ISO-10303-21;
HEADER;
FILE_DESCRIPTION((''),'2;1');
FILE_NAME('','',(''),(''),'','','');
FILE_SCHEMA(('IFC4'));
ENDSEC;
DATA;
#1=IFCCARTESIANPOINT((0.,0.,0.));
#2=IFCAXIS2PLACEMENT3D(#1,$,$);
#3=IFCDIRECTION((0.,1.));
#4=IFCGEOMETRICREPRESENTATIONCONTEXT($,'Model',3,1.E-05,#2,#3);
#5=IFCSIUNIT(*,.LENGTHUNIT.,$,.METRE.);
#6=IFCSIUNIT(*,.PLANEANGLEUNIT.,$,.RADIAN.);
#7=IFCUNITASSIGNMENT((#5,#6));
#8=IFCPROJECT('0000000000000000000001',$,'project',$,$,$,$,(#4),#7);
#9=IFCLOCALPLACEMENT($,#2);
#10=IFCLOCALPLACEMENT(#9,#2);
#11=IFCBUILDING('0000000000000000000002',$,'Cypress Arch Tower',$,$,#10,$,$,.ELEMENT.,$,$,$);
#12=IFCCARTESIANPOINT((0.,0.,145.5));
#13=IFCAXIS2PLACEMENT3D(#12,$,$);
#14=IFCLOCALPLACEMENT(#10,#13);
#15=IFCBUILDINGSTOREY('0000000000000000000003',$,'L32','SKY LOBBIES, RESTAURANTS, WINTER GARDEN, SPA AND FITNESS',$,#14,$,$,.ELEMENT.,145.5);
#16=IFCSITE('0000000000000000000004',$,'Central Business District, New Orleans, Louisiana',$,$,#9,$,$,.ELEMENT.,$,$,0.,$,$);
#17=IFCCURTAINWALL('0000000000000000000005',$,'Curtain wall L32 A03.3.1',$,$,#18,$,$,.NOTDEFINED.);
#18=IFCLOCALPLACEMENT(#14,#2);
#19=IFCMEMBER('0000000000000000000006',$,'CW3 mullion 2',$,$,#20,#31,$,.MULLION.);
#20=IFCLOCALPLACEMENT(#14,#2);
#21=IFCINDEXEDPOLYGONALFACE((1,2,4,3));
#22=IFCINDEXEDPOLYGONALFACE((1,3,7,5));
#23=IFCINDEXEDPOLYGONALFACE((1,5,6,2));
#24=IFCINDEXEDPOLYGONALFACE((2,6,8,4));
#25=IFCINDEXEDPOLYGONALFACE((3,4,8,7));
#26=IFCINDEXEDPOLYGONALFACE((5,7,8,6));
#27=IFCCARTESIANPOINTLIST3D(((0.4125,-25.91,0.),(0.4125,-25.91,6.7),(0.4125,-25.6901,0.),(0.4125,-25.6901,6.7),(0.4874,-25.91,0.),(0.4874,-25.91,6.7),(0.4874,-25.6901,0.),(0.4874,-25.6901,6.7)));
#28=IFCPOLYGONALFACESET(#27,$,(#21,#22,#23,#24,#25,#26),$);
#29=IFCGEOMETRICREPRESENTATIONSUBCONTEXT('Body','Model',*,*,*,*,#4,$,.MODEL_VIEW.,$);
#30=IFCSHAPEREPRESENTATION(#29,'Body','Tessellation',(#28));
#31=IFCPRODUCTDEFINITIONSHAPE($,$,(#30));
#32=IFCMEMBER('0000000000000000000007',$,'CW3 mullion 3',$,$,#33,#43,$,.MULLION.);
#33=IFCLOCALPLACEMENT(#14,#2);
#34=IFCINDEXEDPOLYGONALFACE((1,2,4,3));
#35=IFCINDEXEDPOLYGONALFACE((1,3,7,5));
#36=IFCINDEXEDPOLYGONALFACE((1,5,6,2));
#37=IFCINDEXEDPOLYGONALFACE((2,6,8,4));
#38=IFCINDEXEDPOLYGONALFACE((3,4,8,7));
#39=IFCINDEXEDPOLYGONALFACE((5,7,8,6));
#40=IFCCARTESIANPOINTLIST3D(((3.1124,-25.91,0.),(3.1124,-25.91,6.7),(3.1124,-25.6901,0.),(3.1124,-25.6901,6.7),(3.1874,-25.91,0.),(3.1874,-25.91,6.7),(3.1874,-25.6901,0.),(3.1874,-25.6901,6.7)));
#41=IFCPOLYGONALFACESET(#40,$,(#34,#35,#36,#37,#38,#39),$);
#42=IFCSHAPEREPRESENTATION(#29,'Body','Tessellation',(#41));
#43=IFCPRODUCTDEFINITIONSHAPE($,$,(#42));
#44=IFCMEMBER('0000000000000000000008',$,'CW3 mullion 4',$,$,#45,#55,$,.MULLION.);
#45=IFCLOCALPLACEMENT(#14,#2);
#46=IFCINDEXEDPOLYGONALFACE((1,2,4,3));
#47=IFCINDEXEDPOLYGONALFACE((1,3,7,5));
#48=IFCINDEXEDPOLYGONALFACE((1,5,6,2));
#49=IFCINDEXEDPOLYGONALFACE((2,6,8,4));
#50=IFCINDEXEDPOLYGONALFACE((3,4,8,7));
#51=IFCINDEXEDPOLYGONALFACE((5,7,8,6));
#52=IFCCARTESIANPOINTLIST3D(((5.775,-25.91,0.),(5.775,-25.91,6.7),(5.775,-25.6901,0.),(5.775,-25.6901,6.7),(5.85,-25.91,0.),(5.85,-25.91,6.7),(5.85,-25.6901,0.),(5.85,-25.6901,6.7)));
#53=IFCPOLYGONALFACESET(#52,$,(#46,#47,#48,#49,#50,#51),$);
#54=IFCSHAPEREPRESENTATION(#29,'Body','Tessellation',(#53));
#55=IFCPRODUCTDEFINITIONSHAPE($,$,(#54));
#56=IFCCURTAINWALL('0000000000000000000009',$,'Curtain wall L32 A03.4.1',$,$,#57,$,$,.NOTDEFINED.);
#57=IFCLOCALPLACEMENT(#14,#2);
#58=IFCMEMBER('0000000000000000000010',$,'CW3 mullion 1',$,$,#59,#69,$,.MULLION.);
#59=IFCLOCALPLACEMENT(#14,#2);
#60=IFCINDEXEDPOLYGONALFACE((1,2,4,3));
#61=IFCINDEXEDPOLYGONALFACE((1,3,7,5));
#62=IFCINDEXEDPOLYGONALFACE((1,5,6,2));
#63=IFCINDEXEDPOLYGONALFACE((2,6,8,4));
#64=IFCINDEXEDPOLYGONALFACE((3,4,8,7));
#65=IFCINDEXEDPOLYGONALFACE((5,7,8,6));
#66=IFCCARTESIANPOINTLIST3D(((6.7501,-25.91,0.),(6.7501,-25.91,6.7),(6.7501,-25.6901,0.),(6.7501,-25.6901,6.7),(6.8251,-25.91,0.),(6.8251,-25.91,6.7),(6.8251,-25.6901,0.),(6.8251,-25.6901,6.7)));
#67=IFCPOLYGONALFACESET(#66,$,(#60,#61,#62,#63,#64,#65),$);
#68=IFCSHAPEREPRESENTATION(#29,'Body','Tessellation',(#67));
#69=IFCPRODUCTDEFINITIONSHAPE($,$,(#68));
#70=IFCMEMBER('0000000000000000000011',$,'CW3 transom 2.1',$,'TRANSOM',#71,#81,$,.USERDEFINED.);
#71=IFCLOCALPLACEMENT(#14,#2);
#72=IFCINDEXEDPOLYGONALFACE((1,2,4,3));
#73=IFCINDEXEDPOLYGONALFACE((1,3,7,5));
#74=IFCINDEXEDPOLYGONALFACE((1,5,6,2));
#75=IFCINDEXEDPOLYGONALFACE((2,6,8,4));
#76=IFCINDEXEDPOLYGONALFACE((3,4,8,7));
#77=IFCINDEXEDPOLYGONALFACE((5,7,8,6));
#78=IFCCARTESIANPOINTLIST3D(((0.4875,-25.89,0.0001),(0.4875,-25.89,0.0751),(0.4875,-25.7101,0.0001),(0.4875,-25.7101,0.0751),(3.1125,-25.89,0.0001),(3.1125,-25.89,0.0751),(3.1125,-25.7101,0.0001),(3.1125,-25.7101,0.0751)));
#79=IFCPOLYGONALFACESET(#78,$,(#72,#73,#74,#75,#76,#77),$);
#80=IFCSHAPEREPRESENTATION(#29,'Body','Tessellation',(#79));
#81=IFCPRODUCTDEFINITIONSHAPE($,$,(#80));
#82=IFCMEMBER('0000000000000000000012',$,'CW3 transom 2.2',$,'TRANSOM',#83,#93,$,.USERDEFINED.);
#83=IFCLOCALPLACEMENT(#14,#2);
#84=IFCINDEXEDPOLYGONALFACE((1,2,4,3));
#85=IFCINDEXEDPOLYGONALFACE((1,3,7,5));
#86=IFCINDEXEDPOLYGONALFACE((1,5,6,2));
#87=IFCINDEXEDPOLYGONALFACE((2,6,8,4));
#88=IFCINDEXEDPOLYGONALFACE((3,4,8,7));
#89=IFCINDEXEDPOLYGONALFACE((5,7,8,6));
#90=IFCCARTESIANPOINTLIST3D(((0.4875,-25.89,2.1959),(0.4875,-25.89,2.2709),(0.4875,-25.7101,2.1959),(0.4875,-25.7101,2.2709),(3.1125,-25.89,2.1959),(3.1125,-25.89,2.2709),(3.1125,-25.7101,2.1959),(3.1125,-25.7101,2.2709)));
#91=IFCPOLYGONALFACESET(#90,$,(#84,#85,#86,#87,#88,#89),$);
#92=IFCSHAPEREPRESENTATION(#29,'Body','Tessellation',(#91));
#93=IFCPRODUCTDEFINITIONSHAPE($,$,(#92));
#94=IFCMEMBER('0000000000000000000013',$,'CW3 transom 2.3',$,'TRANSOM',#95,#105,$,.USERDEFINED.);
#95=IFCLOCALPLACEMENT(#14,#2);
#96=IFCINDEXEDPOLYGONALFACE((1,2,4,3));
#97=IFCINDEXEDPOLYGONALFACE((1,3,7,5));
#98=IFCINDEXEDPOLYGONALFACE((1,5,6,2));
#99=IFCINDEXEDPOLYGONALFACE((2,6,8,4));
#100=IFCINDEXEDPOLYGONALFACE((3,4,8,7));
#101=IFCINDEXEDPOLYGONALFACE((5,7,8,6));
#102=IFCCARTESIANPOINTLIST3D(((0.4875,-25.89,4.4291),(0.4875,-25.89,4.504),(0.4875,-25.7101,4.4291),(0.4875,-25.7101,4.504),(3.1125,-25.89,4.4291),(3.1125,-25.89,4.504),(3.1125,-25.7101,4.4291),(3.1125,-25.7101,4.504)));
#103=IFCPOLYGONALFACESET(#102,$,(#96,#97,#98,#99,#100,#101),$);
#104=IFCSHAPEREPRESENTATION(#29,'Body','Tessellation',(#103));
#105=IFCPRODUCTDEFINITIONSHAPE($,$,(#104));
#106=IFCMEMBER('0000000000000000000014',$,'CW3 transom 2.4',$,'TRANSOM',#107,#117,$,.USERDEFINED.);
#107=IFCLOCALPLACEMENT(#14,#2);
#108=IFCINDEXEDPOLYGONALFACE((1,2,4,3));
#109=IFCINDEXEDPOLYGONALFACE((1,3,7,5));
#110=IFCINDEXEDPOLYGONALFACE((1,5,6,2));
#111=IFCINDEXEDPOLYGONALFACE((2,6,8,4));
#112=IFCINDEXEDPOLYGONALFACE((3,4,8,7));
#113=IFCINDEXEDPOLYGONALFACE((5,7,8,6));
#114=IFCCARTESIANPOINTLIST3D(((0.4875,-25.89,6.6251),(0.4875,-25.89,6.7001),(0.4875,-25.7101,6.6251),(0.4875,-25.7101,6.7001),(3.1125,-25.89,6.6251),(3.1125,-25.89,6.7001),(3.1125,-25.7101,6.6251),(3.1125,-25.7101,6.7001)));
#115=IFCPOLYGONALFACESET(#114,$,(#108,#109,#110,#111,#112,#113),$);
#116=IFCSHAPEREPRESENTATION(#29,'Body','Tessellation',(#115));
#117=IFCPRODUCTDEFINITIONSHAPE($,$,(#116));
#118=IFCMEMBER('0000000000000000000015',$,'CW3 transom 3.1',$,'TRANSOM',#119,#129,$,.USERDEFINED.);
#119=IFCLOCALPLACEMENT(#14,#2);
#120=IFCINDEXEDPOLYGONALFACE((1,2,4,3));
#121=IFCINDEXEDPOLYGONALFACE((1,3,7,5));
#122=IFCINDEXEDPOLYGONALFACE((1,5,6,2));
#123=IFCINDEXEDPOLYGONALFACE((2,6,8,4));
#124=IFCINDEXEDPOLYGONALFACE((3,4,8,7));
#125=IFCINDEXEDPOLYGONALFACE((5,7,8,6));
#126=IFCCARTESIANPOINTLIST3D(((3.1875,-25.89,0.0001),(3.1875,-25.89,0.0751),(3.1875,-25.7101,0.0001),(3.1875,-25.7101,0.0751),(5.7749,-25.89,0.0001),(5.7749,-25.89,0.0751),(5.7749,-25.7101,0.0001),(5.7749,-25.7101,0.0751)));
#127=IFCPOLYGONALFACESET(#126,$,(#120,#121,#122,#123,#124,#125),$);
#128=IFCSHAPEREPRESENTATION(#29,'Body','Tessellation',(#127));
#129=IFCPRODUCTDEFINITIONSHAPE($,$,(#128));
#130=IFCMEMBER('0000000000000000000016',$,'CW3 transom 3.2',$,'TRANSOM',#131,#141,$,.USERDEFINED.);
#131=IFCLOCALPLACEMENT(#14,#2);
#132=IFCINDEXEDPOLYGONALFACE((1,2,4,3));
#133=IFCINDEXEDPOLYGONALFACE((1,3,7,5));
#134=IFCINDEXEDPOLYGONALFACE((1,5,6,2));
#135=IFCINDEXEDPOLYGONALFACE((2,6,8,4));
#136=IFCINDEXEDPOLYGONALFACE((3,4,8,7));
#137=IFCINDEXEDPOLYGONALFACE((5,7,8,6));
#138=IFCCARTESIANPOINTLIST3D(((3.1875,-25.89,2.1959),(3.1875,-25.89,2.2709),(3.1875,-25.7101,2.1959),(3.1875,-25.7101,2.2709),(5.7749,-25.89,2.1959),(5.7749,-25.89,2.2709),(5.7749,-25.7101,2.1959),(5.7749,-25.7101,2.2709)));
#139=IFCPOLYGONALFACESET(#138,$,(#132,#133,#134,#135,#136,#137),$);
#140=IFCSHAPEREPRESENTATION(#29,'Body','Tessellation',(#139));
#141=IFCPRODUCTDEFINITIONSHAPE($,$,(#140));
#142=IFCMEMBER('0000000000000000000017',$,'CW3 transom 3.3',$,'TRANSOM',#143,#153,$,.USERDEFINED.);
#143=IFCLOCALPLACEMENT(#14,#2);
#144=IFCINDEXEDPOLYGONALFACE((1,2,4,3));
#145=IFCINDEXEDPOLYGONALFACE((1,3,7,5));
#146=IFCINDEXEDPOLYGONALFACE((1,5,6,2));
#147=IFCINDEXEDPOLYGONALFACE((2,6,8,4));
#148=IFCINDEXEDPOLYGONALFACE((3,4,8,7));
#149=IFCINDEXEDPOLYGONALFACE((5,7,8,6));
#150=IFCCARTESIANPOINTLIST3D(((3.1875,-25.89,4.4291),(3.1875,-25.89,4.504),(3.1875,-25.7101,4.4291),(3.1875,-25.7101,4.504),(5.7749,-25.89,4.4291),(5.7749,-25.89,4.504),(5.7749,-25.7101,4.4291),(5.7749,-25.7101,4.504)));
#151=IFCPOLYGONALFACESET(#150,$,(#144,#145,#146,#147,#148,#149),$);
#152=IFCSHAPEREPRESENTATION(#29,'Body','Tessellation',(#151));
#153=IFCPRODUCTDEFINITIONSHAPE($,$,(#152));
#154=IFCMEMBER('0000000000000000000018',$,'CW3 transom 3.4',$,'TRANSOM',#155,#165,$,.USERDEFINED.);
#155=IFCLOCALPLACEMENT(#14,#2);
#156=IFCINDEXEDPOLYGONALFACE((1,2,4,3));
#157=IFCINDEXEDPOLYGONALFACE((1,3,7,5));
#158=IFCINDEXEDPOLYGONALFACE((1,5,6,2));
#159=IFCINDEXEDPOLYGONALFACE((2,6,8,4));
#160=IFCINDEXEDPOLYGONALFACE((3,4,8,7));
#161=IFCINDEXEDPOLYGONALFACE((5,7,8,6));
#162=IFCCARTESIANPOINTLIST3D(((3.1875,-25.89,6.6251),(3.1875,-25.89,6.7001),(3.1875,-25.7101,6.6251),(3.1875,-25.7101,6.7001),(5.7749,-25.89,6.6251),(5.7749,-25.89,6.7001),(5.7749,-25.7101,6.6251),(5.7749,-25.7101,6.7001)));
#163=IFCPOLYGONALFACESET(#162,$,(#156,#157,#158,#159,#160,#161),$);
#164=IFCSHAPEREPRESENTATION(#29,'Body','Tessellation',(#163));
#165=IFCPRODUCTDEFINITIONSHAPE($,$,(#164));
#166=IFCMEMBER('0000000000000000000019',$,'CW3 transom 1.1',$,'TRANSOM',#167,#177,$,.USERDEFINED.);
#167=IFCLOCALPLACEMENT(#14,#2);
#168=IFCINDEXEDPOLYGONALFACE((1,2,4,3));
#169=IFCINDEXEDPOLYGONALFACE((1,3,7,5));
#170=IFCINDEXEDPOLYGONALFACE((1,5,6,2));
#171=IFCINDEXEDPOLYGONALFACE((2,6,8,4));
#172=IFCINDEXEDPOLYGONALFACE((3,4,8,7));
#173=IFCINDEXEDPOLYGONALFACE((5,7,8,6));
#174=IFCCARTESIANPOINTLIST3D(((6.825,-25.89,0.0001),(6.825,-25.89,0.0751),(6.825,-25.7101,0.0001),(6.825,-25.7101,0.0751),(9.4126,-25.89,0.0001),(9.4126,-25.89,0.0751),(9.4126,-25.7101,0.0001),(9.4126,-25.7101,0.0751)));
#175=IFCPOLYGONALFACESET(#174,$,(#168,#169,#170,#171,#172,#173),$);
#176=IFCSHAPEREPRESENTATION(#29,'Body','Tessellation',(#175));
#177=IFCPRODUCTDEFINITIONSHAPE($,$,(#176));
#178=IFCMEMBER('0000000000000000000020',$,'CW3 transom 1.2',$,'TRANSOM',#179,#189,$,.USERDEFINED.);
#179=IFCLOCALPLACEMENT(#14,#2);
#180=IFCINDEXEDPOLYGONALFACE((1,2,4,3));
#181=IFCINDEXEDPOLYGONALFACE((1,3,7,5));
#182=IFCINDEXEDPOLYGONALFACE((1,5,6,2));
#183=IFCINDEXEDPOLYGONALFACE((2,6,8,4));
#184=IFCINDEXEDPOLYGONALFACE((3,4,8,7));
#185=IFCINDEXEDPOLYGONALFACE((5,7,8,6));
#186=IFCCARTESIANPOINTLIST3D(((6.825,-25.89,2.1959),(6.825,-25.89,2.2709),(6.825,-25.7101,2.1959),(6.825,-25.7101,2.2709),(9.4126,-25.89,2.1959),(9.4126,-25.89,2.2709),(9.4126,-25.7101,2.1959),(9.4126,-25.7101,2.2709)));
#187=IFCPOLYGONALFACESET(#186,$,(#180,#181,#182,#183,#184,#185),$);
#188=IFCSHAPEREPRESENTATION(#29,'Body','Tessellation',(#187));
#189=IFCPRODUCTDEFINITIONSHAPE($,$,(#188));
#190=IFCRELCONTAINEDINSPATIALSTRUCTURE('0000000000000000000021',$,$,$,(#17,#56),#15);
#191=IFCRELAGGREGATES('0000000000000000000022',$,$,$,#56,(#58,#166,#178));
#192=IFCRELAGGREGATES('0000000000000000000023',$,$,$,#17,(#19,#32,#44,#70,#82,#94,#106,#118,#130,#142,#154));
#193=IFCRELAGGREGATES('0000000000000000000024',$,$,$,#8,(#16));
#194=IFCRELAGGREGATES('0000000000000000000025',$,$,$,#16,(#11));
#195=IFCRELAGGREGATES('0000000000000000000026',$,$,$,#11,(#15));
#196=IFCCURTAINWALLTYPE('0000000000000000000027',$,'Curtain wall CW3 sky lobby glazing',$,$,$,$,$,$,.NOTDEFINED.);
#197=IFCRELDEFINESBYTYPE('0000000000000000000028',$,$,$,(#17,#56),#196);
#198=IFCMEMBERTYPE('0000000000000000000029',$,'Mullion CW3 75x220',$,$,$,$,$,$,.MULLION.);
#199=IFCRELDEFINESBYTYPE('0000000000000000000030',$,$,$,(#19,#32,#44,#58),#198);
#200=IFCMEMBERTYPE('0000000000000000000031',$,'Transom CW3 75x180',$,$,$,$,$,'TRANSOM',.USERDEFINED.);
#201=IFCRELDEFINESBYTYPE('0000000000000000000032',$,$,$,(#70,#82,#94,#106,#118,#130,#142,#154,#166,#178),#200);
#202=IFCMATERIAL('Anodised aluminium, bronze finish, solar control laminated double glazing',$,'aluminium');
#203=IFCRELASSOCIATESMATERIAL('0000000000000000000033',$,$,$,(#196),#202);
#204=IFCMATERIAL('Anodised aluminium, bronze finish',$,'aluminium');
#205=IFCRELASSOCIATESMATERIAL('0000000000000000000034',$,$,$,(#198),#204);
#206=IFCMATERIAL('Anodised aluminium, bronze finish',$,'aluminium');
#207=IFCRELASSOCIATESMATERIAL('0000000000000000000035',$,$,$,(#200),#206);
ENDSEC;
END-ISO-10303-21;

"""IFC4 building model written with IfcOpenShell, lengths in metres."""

from ifc_helpers import new_model, si_unit, direction, frame, origin, origin_2d, place, context, subcontext, project, spatial, rectangle, extrude, material, material_profile, profile_set, type_object, element, aggregate, save


model = new_model("IFC4")

# Units and contexts
model_context = context("Model", 3, precision=1e-05, world=origin(), true_north=direction((0.0, 1.0)))
body_context = subcontext(model_context, "Body", "Model", "MODEL_VIEW")
ifc_project = project(units=[si_unit("LENGTHUNIT", "METRE"), si_unit("PLANEANGLEUNIT", "RADIAN")], contexts=[model_context])

# Site, building, storey
site_placement = place(None, origin())
site = spatial("IfcSite", under=ifc_project, at=site_placement, Name="Central Business District, New Orleans, Louisiana", CompositionType="ELEMENT", RefElevation=0.0)
building_placement = place(site_placement, origin())
building = spatial("IfcBuilding", under=site, at=building_placement, Name="Cypress Arch Tower", CompositionType="ELEMENT")
storey_placement = place(building_placement, frame((0.0, 0.0, 145.5)))
storey = spatial("IfcBuildingStorey", under=building, at=storey_placement, Name="L32", Description="SKY LOBBIES, RESTAURANTS, WINTER GARDEN, SPA AND FITNESS", CompositionType="ELEMENT", Elevation=145.5)

# Curtain wall, members
ifc_material_1 = material(Name="Anodised aluminium, bronze finish, solar control laminated double glazing", Category="aluminium")
curtain_wall_type = type_object("IfcCurtainWallType", Name="Curtain wall CW3 sky lobby glazing", PredefinedType="NOTDEFINED", material=ifc_material_1)
curtain_wall_1_placement = place(storey_placement, origin())
curtain_wall_1 = element("IfcCurtainWall", 1, at=curtain_wall_1_placement, inside=storey, type_object=curtain_wall_type, Name="Curtain wall L32 A03.3.1", PredefinedType="NOTDEFINED")
ifc_material_2 = material(Name="Anodised aluminium, bronze finish", Category="aluminium")
ifc_material_profile_1 = material_profile(ifc_material_2, rectangle(XDim=0.22, YDim=0.075, at=origin_2d()), Name="Mullion 75x220")
ifc_profile_set_1 = profile_set([ifc_material_profile_1], Name="Anodised aluminium, bronze finish")
member_type_1 = type_object("IfcMemberType", Name="Mullion CW3 75x220", PredefinedType="MULLION", material=ifc_profile_set_1)
member_1_placement = place(storey_placement, frame((0.45, -25.8, 0.0), z_axis=(0.0, 0.0, 1.0), x_axis=(0.0, 1.0, 0.0)))
member_1 = element("IfcMember", 2, at=member_1_placement, type_object=member_type_1, Name="CW3 mullion 2", PredefinedType="MULLION", context=body_context, shape_type="SweptSolid", body=[
    extrude(rectangle(XDim=0.22, YDim=0.075, at=origin_2d()), origin(), (0.0, 0.0, 1.0), 6.7),
])
member_2_placement = place(storey_placement, frame((3.1499, -25.8, 0.0), z_axis=(0.0, 0.0, 1.0), x_axis=(0.0, 1.0, 0.0)))
member_2 = element("IfcMember", 3, at=member_2_placement, type_object=member_type_1, Name="CW3 mullion 3", PredefinedType="MULLION", context=body_context, shape_type="SweptSolid", body=[
    extrude(rectangle(XDim=0.22, YDim=0.075, at=origin_2d()), origin(), (0.0, 0.0, 1.0), 6.7),
])
member_3_placement = place(storey_placement, frame((5.8125, -25.8, 0.0), z_axis=(0.0, 0.0, 1.0), x_axis=(0.0, 1.0, 0.0)))
member_3 = element("IfcMember", 4, at=member_3_placement, type_object=member_type_1, Name="CW3 mullion 4", PredefinedType="MULLION", context=body_context, shape_type="SweptSolid", body=[
    extrude(rectangle(XDim=0.22, YDim=0.075, at=origin_2d()), origin(), (0.0, 0.0, 1.0), 6.7),
])

# Curtain wall, member
curtain_wall_2_placement = place(storey_placement, origin())
curtain_wall_2 = element("IfcCurtainWall", 5, at=curtain_wall_2_placement, inside=storey, type_object=curtain_wall_type, Name="Curtain wall L32 A03.4.1", PredefinedType="NOTDEFINED")
member_4_placement = place(storey_placement, frame((6.7876, -25.8, 0.0), z_axis=(0.0, 0.0, 1.0), x_axis=(0.0, 1.0, 0.0)))
member_4 = element("IfcMember", 6, at=member_4_placement, type_object=member_type_1, Name="CW3 mullion 1", PredefinedType="MULLION", context=body_context, shape_type="SweptSolid", body=[
    extrude(rectangle(XDim=0.22, YDim=0.075, at=origin_2d()), origin(), (0.0, 0.0, 1.0), 6.7),
])

# Members
ifc_material_3 = material(Name="Anodised aluminium, bronze finish", Category="aluminium")
ifc_material_profile_2 = material_profile(ifc_material_3, rectangle(XDim=0.1799, YDim=0.075, at=origin_2d()), Name="Transom 75x180")
ifc_profile_set_2 = profile_set([ifc_material_profile_2], Name="Anodised aluminium, bronze finish")
member_type_2 = type_object("IfcMemberType", Name="Transom CW3 75x180", ElementType="TRANSOM", PredefinedType="USERDEFINED", material=ifc_profile_set_2)
member_5_placement = place(storey_placement, frame((0.4875, -25.8, 0.0376), z_axis=(1.0, 0.0, 0.0), x_axis=(0.0, 1.0, 0.0)))
member_5 = element("IfcMember", 7, at=member_5_placement, type_object=member_type_2, Name="CW3 transom 2.1", ObjectType="TRANSOM", PredefinedType="USERDEFINED", context=body_context, shape_type="SweptSolid", body=[
    extrude(rectangle(XDim=0.1799, YDim=0.075, at=origin_2d()), origin(), (0.0, 0.0, 1.0), 2.625),
])
member_6_placement = place(storey_placement, frame((0.4875, -25.8, 2.2334), z_axis=(1.0, 0.0, 0.0), x_axis=(0.0, 1.0, 0.0)))
member_6 = element("IfcMember", 8, at=member_6_placement, type_object=member_type_2, Name="CW3 transom 2.2", ObjectType="TRANSOM", PredefinedType="USERDEFINED", context=body_context, shape_type="SweptSolid", body=[
    extrude(rectangle(XDim=0.1799, YDim=0.075, at=origin_2d()), origin(), (0.0, 0.0, 1.0), 2.625),
])
member_7_placement = place(storey_placement, frame((0.4875, -25.8, 4.4666), z_axis=(1.0, 0.0, 0.0), x_axis=(0.0, 1.0, 0.0)))
member_7 = element("IfcMember", 9, at=member_7_placement, type_object=member_type_2, Name="CW3 transom 2.3", ObjectType="TRANSOM", PredefinedType="USERDEFINED", context=body_context, shape_type="SweptSolid", body=[
    extrude(rectangle(XDim=0.1799, YDim=0.075, at=origin_2d()), origin(), (0.0, 0.0, 1.0), 2.625),
])
member_8_placement = place(storey_placement, frame((0.4875, -25.8, 6.6626), z_axis=(1.0, 0.0, 0.0), x_axis=(0.0, 1.0, 0.0)))
member_8 = element("IfcMember", 10, at=member_8_placement, type_object=member_type_2, Name="CW3 transom 2.4", ObjectType="TRANSOM", PredefinedType="USERDEFINED", context=body_context, shape_type="SweptSolid", body=[
    extrude(rectangle(XDim=0.1799, YDim=0.075, at=origin_2d()), origin(), (0.0, 0.0, 1.0), 2.625),
])
member_9_placement = place(storey_placement, frame((3.1875, -25.8, 0.0376), z_axis=(1.0, 0.0, 0.0), x_axis=(0.0, 1.0, 0.0)))
member_9 = element("IfcMember", 11, at=member_9_placement, type_object=member_type_2, Name="CW3 transom 3.1", ObjectType="TRANSOM", PredefinedType="USERDEFINED", context=body_context, shape_type="SweptSolid", body=[
    extrude(rectangle(XDim=0.1799, YDim=0.075, at=origin_2d()), origin(), (0.0, 0.0, 1.0), 2.5874),
])
member_10_placement = place(storey_placement, frame((3.1875, -25.8, 2.2334), z_axis=(1.0, 0.0, 0.0), x_axis=(0.0, 1.0, 0.0)))
member_10 = element("IfcMember", 12, at=member_10_placement, type_object=member_type_2, Name="CW3 transom 3.2", ObjectType="TRANSOM", PredefinedType="USERDEFINED", context=body_context, shape_type="SweptSolid", body=[
    extrude(rectangle(XDim=0.1799, YDim=0.075, at=origin_2d()), origin(), (0.0, 0.0, 1.0), 2.5874),
])
member_11_placement = place(storey_placement, frame((3.1875, -25.8, 4.4666), z_axis=(1.0, 0.0, 0.0), x_axis=(0.0, 1.0, 0.0)))
member_11 = element("IfcMember", 13, at=member_11_placement, type_object=member_type_2, Name="CW3 transom 3.3", ObjectType="TRANSOM", PredefinedType="USERDEFINED", context=body_context, shape_type="SweptSolid", body=[
    extrude(rectangle(XDim=0.1799, YDim=0.075, at=origin_2d()), origin(), (0.0, 0.0, 1.0), 2.5874),
])
member_12_placement = place(storey_placement, frame((3.1875, -25.8, 6.6626), z_axis=(1.0, 0.0, 0.0), x_axis=(0.0, 1.0, 0.0)))
member_12 = element("IfcMember", 14, at=member_12_placement, type_object=member_type_2, Name="CW3 transom 3.4", ObjectType="TRANSOM", PredefinedType="USERDEFINED", context=body_context, shape_type="SweptSolid", body=[
    extrude(rectangle(XDim=0.1799, YDim=0.075, at=origin_2d()), origin(), (0.0, 0.0, 1.0), 2.5874),
])
member_13_placement = place(storey_placement, frame((6.825, -25.8, 0.0376), z_axis=(1.0, 0.0, 0.0), x_axis=(0.0, 1.0, 0.0)))
member_13 = element("IfcMember", 15, at=member_13_placement, type_object=member_type_2, Name="CW3 transom 1.1", ObjectType="TRANSOM", PredefinedType="USERDEFINED", context=body_context, shape_type="SweptSolid", body=[
    extrude(rectangle(XDim=0.1799, YDim=0.075, at=origin_2d()), origin(), (0.0, 0.0, 1.0), 2.5876),
])
member_14_placement = place(storey_placement, frame((6.825, -25.8, 2.2334), z_axis=(1.0, 0.0, 0.0), x_axis=(0.0, 1.0, 0.0)))
member_14 = element("IfcMember", 16, at=member_14_placement, type_object=member_type_2, Name="CW3 transom 1.2", ObjectType="TRANSOM", PredefinedType="USERDEFINED", context=body_context, shape_type="SweptSolid", body=[
    extrude(rectangle(XDim=0.1799, YDim=0.075, at=origin_2d()), origin(), (0.0, 0.0, 1.0), 2.5876),
])
aggregate(curtain_wall_2, [member_4, member_13, member_14])

aggregate(curtain_wall_1, [member_1, member_2, member_3, member_5, member_6, member_7, member_8, member_9, member_10, member_11, member_12])

save(model, "model.ifc")
